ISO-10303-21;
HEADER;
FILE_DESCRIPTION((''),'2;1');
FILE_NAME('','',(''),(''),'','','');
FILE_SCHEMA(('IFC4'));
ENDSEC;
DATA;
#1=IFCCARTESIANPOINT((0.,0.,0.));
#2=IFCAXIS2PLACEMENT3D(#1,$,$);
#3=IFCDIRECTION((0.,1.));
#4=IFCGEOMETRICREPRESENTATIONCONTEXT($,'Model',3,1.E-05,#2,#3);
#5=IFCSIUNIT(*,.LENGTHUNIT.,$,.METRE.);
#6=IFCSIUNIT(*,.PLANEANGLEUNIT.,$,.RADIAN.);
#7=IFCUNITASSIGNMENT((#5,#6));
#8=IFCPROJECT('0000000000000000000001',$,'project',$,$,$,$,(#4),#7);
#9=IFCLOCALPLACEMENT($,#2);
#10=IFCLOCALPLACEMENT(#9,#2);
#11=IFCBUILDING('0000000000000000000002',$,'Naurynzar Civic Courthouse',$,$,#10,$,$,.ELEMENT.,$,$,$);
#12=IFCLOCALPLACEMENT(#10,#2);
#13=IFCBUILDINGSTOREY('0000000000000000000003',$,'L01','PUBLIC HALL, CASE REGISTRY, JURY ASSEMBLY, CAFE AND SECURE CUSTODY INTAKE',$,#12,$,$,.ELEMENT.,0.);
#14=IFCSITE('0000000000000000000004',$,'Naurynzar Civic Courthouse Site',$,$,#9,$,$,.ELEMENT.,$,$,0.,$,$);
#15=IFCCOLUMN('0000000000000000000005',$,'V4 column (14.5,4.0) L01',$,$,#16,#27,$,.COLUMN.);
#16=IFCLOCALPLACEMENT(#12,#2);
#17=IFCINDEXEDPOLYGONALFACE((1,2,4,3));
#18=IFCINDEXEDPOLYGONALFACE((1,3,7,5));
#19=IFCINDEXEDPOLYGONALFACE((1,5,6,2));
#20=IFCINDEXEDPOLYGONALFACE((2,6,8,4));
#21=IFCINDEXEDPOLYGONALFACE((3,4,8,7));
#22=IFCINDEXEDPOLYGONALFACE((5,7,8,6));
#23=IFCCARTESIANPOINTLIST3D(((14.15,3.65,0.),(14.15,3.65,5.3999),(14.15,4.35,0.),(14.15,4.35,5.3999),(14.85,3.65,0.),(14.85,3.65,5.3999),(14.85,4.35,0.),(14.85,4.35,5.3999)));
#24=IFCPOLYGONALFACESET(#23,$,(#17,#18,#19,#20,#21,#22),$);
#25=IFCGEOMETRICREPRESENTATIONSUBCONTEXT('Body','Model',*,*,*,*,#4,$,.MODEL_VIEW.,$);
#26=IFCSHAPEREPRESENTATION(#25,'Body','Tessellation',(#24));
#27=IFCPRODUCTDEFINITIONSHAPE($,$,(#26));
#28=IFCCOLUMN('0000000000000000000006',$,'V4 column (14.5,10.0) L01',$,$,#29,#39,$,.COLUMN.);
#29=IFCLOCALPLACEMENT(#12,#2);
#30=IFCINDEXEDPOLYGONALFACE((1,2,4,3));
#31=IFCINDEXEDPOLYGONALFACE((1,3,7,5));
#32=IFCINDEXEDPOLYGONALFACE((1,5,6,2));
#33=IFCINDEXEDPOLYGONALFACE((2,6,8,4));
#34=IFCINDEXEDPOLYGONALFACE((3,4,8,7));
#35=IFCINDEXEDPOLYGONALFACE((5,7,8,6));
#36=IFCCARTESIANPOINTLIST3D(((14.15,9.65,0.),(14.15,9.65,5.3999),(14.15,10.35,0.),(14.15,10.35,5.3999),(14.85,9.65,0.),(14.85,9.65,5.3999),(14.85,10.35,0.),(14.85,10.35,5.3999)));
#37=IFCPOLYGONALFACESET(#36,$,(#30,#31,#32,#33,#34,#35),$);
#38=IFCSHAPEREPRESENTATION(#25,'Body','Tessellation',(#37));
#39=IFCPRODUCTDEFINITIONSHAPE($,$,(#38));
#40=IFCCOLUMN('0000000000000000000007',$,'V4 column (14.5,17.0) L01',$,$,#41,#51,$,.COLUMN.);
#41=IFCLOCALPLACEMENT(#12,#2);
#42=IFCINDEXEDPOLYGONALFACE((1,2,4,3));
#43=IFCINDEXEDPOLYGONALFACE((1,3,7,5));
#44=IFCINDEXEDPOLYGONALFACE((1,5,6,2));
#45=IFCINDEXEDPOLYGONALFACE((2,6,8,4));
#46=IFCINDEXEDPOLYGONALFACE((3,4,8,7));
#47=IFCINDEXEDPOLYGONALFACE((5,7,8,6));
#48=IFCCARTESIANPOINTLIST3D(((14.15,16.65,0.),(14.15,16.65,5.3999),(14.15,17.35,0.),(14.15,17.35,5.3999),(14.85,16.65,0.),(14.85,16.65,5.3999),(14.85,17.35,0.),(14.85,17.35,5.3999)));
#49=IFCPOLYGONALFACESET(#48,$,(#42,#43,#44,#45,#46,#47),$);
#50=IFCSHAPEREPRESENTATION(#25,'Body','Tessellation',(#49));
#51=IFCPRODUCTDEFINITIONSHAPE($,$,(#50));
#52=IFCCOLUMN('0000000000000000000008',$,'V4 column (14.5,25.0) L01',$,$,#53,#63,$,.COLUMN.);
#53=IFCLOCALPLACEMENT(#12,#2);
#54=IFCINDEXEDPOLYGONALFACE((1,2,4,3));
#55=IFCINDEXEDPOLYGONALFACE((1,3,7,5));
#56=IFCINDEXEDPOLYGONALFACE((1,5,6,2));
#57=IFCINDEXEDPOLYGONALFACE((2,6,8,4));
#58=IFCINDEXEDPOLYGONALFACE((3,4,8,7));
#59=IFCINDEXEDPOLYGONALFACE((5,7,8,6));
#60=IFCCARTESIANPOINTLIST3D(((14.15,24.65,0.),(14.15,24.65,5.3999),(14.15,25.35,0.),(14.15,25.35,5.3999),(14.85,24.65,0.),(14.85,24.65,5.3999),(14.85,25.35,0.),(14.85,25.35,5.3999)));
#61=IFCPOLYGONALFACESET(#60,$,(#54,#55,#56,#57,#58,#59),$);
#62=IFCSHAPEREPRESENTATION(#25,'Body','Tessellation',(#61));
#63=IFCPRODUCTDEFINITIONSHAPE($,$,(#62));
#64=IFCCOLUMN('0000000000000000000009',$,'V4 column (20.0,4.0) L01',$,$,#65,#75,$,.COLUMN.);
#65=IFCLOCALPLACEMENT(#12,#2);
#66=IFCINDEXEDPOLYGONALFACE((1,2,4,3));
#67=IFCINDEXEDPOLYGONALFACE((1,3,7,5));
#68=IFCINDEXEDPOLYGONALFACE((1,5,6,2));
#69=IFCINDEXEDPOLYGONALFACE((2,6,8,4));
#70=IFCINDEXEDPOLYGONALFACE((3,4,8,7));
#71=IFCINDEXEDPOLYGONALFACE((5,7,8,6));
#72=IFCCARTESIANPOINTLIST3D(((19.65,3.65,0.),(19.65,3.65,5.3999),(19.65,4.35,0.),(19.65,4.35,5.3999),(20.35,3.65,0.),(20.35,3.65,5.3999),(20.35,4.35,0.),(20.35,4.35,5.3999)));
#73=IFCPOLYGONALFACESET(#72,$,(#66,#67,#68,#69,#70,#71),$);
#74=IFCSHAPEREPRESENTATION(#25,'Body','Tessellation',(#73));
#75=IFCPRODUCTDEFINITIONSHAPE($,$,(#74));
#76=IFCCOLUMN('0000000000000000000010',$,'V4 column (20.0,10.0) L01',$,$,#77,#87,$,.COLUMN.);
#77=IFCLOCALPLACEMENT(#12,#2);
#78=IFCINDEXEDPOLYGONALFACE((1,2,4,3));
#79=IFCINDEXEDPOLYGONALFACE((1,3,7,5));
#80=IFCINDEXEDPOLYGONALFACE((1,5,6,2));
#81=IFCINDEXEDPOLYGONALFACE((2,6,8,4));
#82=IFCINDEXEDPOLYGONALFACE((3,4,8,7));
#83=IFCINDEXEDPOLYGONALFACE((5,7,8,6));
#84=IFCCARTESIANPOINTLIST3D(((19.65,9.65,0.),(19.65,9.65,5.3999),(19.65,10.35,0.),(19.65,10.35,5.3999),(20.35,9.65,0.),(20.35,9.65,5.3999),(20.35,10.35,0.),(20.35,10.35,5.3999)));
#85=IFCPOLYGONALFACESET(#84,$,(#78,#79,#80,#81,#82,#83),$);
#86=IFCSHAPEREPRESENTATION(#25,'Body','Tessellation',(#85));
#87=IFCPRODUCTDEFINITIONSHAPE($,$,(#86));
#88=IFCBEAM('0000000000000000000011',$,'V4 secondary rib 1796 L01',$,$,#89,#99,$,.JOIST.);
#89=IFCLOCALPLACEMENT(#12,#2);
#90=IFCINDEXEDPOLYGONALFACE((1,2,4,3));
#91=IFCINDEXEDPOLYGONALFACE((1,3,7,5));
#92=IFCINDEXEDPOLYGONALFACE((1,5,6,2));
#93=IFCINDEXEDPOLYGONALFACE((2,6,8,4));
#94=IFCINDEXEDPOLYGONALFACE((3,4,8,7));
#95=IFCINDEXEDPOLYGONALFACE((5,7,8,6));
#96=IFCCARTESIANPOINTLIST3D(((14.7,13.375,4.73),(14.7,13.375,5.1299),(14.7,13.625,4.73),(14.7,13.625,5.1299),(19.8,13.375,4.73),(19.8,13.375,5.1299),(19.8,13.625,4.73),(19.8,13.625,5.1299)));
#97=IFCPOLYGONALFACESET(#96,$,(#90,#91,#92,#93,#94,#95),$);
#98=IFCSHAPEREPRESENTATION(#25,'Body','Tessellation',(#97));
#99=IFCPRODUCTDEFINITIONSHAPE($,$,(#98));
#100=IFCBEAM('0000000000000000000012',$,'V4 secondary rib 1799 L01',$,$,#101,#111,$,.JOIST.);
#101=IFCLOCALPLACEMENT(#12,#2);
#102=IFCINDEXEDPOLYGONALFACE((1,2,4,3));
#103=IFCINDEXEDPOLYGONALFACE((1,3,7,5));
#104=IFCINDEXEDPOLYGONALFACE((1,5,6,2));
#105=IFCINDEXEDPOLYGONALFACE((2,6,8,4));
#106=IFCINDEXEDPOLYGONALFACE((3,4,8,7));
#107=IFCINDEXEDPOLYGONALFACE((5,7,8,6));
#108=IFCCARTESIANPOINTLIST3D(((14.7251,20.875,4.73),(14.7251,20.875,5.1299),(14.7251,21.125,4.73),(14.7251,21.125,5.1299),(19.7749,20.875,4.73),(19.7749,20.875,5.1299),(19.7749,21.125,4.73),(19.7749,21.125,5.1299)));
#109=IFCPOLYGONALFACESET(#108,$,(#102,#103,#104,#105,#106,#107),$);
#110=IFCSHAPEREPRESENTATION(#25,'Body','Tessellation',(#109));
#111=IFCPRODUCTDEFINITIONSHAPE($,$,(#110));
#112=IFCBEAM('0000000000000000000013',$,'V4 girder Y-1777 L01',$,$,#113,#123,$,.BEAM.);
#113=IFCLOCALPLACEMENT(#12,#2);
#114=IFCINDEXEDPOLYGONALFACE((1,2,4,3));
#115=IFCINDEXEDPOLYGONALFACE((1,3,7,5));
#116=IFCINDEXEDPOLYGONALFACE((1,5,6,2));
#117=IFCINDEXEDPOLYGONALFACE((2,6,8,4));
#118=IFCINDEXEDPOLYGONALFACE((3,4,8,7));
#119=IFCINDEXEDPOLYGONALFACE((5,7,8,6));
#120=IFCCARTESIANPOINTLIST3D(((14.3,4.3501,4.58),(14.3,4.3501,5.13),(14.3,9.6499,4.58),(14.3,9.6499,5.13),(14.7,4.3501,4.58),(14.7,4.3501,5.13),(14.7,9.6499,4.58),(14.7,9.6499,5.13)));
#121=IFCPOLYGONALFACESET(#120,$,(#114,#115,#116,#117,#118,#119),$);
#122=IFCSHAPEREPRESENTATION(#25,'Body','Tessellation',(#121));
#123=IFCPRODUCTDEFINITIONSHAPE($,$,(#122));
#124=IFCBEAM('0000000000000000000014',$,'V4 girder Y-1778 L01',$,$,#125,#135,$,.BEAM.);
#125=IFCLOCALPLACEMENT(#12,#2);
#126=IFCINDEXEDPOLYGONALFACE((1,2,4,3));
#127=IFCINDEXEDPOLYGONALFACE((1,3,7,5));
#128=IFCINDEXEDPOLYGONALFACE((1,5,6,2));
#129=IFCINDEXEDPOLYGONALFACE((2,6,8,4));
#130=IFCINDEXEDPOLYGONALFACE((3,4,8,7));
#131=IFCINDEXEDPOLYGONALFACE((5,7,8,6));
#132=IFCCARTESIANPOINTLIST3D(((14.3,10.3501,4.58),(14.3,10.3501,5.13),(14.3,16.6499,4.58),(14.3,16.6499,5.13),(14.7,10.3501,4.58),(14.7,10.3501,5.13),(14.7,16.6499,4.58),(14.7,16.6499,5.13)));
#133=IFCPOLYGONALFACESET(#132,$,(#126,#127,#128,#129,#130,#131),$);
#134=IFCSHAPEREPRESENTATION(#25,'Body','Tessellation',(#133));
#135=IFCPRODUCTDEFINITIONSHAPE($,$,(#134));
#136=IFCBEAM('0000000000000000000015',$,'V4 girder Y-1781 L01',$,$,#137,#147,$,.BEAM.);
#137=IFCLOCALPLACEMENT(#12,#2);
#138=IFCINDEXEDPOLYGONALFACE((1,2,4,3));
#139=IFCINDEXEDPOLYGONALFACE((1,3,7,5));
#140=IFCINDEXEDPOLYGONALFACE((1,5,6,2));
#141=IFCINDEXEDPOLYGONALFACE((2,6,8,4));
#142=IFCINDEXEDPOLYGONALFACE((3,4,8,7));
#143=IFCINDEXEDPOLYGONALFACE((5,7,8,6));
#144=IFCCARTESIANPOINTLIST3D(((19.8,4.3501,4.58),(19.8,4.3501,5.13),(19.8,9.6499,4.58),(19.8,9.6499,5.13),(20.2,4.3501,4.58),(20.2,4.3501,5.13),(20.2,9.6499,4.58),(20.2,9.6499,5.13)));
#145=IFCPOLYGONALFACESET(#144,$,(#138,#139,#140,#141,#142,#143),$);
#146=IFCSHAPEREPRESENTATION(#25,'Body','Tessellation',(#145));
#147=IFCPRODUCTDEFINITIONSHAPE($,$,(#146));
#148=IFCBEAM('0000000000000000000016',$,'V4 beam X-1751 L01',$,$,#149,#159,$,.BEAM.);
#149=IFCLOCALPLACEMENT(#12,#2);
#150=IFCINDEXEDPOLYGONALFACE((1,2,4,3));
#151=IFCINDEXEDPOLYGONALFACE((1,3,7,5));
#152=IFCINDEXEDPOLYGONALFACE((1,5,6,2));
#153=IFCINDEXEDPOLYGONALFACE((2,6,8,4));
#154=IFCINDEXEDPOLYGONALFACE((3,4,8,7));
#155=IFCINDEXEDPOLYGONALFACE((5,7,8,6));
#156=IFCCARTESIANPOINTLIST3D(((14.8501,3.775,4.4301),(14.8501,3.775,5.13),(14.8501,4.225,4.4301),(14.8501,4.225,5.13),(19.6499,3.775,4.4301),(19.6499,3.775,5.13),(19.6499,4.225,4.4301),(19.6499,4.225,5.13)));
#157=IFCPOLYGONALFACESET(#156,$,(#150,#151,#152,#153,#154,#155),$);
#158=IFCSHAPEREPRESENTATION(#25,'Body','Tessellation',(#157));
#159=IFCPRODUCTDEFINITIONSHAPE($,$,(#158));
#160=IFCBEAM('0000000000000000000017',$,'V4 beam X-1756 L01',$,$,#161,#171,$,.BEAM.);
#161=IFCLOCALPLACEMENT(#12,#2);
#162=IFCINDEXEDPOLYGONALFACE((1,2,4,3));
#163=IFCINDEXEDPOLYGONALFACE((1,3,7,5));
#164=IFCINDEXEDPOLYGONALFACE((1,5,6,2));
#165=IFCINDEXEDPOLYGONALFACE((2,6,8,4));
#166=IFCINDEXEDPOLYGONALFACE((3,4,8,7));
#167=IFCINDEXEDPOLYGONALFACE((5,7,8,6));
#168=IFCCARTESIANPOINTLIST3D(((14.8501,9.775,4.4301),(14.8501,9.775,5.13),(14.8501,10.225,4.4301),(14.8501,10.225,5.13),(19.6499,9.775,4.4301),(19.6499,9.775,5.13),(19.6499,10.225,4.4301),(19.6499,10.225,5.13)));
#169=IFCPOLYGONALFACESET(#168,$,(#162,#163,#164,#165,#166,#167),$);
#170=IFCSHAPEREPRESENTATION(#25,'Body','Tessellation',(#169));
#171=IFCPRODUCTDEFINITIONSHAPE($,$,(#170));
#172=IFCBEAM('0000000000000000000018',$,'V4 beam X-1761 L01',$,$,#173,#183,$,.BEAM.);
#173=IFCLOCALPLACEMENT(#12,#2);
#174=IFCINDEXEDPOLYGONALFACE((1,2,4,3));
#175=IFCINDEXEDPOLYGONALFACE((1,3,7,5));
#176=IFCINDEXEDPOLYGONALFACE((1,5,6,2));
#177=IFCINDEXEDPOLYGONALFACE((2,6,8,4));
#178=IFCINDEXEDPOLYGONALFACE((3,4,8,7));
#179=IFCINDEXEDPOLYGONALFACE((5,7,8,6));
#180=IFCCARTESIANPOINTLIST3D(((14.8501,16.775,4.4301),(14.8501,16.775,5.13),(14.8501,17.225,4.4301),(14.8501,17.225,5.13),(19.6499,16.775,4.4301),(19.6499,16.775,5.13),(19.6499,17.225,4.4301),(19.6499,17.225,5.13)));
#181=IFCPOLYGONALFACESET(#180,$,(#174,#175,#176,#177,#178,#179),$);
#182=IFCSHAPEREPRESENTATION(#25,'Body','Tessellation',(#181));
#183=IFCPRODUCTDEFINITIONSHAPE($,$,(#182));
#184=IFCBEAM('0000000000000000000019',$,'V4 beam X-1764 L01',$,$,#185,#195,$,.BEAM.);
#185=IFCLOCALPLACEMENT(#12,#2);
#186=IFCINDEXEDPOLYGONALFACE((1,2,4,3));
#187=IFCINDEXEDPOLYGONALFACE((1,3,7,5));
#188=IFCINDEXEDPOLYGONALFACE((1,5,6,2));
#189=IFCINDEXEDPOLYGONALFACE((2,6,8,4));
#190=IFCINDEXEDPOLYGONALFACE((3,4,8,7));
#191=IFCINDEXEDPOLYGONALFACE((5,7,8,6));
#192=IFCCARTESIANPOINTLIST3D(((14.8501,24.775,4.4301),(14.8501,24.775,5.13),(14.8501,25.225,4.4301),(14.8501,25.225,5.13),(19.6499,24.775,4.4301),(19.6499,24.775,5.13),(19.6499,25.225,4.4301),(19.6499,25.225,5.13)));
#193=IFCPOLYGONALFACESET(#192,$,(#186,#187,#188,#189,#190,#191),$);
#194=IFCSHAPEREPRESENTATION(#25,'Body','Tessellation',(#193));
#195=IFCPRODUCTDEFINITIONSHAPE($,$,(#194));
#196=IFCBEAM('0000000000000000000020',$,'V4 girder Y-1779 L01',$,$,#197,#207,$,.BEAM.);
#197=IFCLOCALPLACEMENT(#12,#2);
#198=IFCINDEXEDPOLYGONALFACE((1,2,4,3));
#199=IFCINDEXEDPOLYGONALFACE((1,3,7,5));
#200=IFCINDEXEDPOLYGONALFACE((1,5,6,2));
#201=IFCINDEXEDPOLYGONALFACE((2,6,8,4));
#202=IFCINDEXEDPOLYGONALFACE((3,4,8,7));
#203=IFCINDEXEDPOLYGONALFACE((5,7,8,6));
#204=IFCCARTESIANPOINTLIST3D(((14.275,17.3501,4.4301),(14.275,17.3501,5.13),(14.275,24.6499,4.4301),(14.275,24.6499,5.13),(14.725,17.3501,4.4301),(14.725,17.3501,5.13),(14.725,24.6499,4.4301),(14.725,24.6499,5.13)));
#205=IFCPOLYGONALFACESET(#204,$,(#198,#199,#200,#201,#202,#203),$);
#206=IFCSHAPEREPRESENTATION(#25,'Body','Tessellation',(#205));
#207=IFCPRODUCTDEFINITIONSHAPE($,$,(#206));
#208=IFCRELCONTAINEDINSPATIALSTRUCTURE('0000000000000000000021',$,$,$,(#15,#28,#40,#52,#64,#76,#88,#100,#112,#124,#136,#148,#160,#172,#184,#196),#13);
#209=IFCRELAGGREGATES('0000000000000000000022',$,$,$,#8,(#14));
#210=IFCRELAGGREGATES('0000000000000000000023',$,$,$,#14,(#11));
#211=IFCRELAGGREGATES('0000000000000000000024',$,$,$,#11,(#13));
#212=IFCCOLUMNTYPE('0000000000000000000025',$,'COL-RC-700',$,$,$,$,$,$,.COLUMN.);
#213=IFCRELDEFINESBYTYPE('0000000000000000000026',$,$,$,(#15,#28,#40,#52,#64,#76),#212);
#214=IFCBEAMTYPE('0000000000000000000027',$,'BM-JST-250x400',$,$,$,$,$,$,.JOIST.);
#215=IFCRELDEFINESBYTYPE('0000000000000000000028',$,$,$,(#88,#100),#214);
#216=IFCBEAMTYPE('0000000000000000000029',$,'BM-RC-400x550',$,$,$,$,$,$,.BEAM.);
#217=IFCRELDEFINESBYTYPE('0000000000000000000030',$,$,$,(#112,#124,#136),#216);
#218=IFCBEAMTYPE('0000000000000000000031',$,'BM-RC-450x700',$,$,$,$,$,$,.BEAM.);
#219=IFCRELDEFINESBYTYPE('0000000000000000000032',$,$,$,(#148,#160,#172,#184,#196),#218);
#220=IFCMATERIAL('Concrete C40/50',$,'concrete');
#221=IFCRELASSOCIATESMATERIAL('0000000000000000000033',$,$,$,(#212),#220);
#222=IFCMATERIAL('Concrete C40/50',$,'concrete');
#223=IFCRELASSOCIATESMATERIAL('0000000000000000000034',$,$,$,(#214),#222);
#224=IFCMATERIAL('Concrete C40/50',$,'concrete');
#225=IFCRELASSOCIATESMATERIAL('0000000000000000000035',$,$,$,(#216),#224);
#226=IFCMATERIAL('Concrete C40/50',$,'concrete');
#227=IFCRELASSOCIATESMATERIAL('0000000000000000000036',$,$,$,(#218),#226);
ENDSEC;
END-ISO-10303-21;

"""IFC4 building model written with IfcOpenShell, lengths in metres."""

from ifc_helpers import new_model, si_unit, direction, frame, origin, origin_2d, place, context, subcontext, project, spatial, rectangle, extrude, material, material_profile, profile_set, type_object, element, save


model = new_model("IFC4")

# Units and contexts
model_context = context("Model", 3, precision=1e-05, world=origin(), true_north=direction((0.0, 1.0)))
body_context = subcontext(model_context, "Body", "Model", "MODEL_VIEW")
ifc_project = project(units=[si_unit("LENGTHUNIT", "METRE"), si_unit("PLANEANGLEUNIT", "RADIAN")], contexts=[model_context])

# Site, building, storey
site_placement = place(None, origin())
site = spatial("IfcSite", under=ifc_project, at=site_placement, Name="Naurynzar Civic Courthouse Site", CompositionType="ELEMENT", RefElevation=0.0)
building_placement = place(site_placement, origin())
building = spatial("IfcBuilding", under=site, at=building_placement, Name="Naurynzar Civic Courthouse", CompositionType="ELEMENT")
storey_placement = place(building_placement, origin())
storey = spatial("IfcBuildingStorey", under=building, at=storey_placement, Name="L01", Description="PUBLIC HALL, CASE REGISTRY, JURY ASSEMBLY, CAFE AND SECURE CUSTODY INTAKE", CompositionType="ELEMENT", Elevation=0.0)

# Columns
ifc_material_1 = material(Name="Concrete C40/50", Category="concrete")
ifc_material_profile_1 = material_profile(ifc_material_1, rectangle(XDim=0.7, YDim=0.7, at=origin_2d()), Name="RC 700x700")
ifc_profile_set_1 = profile_set([ifc_material_profile_1], Name="Concrete C40/50")
column_type = type_object("IfcColumnType", Name="COL-RC-700", PredefinedType="COLUMN", material=ifc_profile_set_1)
for number, where, z_axis, x_axis, name in (
    (1, (14.5, 4.0, 0.0), (0.0, 0.0, 1.0), (1.0, 0.0, 0.0), "V4 column (14.5,4.0) L01"),
    (2, (14.5, 10.0, 0.0), (0.0, 0.0, 1.0), (1.0, 0.0, 0.0), "V4 column (14.5,10.0) L01"),
    (3, (14.5, 17.0, 0.0), (0.0, 0.0, 1.0), (1.0, 0.0, 0.0), "V4 column (14.5,17.0) L01"),
    (4, (14.5, 25.0, 0.0), (0.0, 0.0, 1.0), (1.0, 0.0, 0.0), "V4 column (14.5,25.0) L01"),
    (5, (20.0, 4.0, 0.0), (0.0, 0.0, 1.0), (1.0, 0.0, 0.0), "V4 column (20.0,4.0) L01"),
    (6, (20.0, 10.0, 0.0), (0.0, 0.0, 1.0), (1.0, 0.0, 0.0), "V4 column (20.0,10.0) L01"),
):
    element("IfcColumn", number, at=place(storey_placement, frame(where, z_axis=z_axis, x_axis=x_axis)), inside=storey, type_object=column_type, Name=name, PredefinedType="COLUMN", context=body_context, shape_type="SweptSolid", body=[
        extrude(rectangle(XDim=0.7, YDim=0.7, at=origin_2d()), origin(), (0.0, 0.0, 1.0), 5.3999),
    ])

# Beams
ifc_material_2 = material(Name="Concrete C40/50", Category="concrete")
ifc_material_profile_2 = material_profile(ifc_material_2, rectangle(XDim=0.25, YDim=0.3999, at=origin_2d()), Name="RCB 250x400")
ifc_profile_set_2 = profile_set([ifc_material_profile_2], Name="Concrete C40/50")
beam_type_1 = type_object("IfcBeamType", Name="BM-JST-250x400", PredefinedType="JOIST", material=ifc_profile_set_2)
beam_1_placement = place(storey_placement, frame((14.7, 13.5, 4.9299), z_axis=(1.0, 0.0, 0.0), x_axis=(0.0, 1.0, 0.0)))
element("IfcBeam", 7, at=beam_1_placement, inside=storey, type_object=beam_type_1, Name="V4 secondary rib 1796 L01", PredefinedType="JOIST", context=body_context, shape_type="SweptSolid", body=[
    extrude(rectangle(XDim=0.25, YDim=0.3999, at=origin_2d()), origin(), (0.0, 0.0, 1.0), 5.1001),
])
beam_2_placement = place(storey_placement, frame((14.7251, 21.0, 4.9299), z_axis=(1.0, 0.0, 0.0), x_axis=(0.0, 1.0, 0.0)))
element("IfcBeam", 8, at=beam_2_placement, inside=storey, type_object=beam_type_1, Name="V4 secondary rib 1799 L01", PredefinedType="JOIST", context=body_context, shape_type="SweptSolid", body=[
    extrude(rectangle(XDim=0.25, YDim=0.3999, at=origin_2d()), origin(), (0.0, 0.0, 1.0), 5.0498),
])
ifc_material_3 = material(Name="Concrete C40/50", Category="concrete")
ifc_material_profile_3 = material_profile(ifc_material_3, rectangle(XDim=0.3999, YDim=0.55, at=origin_2d()), Name="RCB 400x550")
ifc_profile_set_3 = profile_set([ifc_material_profile_3], Name="Concrete C40/50")
beam_type_2 = type_object("IfcBeamType", Name="BM-RC-400x550", PredefinedType="BEAM", material=ifc_profile_set_3)
beam_3_placement = place(storey_placement, frame((14.5, 4.3501, 4.855), z_axis=(0.0, 1.0, 0.0), x_axis=(-1.0, 0.0, 0.0)))
element("IfcBeam", 9, at=beam_3_placement, inside=storey, type_object=beam_type_2, Name="V4 girder Y-1777 L01", PredefinedType="BEAM", context=body_context, shape_type="SweptSolid", body=[
    extrude(rectangle(XDim=0.3999, YDim=0.55, at=origin_2d()), origin(), (0.0, 0.0, 1.0), 5.2998),
])
beam_4_placement = place(storey_placement, frame((14.5, 10.3501, 4.855), z_axis=(0.0, 1.0, 0.0), x_axis=(-1.0, 0.0, 0.0)))
element("IfcBeam", 10, at=beam_4_placement, inside=storey, type_object=beam_type_2, Name="V4 girder Y-1778 L01", PredefinedType="BEAM", context=body_context, shape_type="SweptSolid", body=[
    extrude(rectangle(XDim=0.3999, YDim=0.55, at=origin_2d()), origin(), (0.0, 0.0, 1.0), 6.2998),
])
beam_5_placement = place(storey_placement, frame((20.0, 4.3501, 4.855), z_axis=(0.0, 1.0, 0.0), x_axis=(-1.0, 0.0, 0.0)))
element("IfcBeam", 11, at=beam_5_placement, inside=storey, type_object=beam_type_2, Name="V4 girder Y-1781 L01", PredefinedType="BEAM", context=body_context, shape_type="SweptSolid", body=[
    extrude(rectangle(XDim=0.3999, YDim=0.55, at=origin_2d()), origin(), (0.0, 0.0, 1.0), 5.2998),
])
ifc_material_4 = material(Name="Concrete C40/50", Category="concrete")
ifc_material_profile_4 = material_profile(ifc_material_4, rectangle(XDim=0.45, YDim=0.7, at=origin_2d()), Name="RCB 450x700")
ifc_profile_set_4 = profile_set([ifc_material_profile_4], Name="Concrete C40/50")
beam_type_3 = type_object("IfcBeamType", Name="BM-RC-450x700", PredefinedType="BEAM", material=ifc_profile_set_4)
for number, where, z_axis, x_axis, name in (
    (12, (14.8501, 4.0, 4.78), (1.0, 0.0, 0.0), (0.0, 1.0, 0.0), "V4 beam X-1751 L01"),
    (13, (14.8501, 10.0, 4.78), (1.0, 0.0, 0.0), (0.0, 1.0, 0.0), "V4 beam X-1756 L01"),
    (14, (14.8501, 17.0, 4.78), (1.0, 0.0, 0.0), (0.0, 1.0, 0.0), "V4 beam X-1761 L01"),
    (15, (14.8501, 25.0, 4.78), (1.0, 0.0, 0.0), (0.0, 1.0, 0.0), "V4 beam X-1764 L01"),
):
    element("IfcBeam", number, at=place(storey_placement, frame(where, z_axis=z_axis, x_axis=x_axis)), inside=storey, type_object=beam_type_3, Name=name, PredefinedType="BEAM", context=body_context, shape_type="SweptSolid", body=[
        extrude(rectangle(XDim=0.45, YDim=0.7, at=origin_2d()), origin(), (0.0, 0.0, 1.0), 4.7998),
    ])
beam_6_placement = place(storey_placement, frame((14.5, 17.3501, 4.78), z_axis=(0.0, 1.0, 0.0), x_axis=(-1.0, 0.0, 0.0)))
element("IfcBeam", 16, at=beam_6_placement, inside=storey, type_object=beam_type_3, Name="V4 girder Y-1779 L01", PredefinedType="BEAM", context=body_context, shape_type="SweptSolid", body=[
    extrude(rectangle(XDim=0.45, YDim=0.7, at=origin_2d()), origin(), (0.0, 0.0, 1.0), 7.2998),
])

save(model, "model.ifc")
